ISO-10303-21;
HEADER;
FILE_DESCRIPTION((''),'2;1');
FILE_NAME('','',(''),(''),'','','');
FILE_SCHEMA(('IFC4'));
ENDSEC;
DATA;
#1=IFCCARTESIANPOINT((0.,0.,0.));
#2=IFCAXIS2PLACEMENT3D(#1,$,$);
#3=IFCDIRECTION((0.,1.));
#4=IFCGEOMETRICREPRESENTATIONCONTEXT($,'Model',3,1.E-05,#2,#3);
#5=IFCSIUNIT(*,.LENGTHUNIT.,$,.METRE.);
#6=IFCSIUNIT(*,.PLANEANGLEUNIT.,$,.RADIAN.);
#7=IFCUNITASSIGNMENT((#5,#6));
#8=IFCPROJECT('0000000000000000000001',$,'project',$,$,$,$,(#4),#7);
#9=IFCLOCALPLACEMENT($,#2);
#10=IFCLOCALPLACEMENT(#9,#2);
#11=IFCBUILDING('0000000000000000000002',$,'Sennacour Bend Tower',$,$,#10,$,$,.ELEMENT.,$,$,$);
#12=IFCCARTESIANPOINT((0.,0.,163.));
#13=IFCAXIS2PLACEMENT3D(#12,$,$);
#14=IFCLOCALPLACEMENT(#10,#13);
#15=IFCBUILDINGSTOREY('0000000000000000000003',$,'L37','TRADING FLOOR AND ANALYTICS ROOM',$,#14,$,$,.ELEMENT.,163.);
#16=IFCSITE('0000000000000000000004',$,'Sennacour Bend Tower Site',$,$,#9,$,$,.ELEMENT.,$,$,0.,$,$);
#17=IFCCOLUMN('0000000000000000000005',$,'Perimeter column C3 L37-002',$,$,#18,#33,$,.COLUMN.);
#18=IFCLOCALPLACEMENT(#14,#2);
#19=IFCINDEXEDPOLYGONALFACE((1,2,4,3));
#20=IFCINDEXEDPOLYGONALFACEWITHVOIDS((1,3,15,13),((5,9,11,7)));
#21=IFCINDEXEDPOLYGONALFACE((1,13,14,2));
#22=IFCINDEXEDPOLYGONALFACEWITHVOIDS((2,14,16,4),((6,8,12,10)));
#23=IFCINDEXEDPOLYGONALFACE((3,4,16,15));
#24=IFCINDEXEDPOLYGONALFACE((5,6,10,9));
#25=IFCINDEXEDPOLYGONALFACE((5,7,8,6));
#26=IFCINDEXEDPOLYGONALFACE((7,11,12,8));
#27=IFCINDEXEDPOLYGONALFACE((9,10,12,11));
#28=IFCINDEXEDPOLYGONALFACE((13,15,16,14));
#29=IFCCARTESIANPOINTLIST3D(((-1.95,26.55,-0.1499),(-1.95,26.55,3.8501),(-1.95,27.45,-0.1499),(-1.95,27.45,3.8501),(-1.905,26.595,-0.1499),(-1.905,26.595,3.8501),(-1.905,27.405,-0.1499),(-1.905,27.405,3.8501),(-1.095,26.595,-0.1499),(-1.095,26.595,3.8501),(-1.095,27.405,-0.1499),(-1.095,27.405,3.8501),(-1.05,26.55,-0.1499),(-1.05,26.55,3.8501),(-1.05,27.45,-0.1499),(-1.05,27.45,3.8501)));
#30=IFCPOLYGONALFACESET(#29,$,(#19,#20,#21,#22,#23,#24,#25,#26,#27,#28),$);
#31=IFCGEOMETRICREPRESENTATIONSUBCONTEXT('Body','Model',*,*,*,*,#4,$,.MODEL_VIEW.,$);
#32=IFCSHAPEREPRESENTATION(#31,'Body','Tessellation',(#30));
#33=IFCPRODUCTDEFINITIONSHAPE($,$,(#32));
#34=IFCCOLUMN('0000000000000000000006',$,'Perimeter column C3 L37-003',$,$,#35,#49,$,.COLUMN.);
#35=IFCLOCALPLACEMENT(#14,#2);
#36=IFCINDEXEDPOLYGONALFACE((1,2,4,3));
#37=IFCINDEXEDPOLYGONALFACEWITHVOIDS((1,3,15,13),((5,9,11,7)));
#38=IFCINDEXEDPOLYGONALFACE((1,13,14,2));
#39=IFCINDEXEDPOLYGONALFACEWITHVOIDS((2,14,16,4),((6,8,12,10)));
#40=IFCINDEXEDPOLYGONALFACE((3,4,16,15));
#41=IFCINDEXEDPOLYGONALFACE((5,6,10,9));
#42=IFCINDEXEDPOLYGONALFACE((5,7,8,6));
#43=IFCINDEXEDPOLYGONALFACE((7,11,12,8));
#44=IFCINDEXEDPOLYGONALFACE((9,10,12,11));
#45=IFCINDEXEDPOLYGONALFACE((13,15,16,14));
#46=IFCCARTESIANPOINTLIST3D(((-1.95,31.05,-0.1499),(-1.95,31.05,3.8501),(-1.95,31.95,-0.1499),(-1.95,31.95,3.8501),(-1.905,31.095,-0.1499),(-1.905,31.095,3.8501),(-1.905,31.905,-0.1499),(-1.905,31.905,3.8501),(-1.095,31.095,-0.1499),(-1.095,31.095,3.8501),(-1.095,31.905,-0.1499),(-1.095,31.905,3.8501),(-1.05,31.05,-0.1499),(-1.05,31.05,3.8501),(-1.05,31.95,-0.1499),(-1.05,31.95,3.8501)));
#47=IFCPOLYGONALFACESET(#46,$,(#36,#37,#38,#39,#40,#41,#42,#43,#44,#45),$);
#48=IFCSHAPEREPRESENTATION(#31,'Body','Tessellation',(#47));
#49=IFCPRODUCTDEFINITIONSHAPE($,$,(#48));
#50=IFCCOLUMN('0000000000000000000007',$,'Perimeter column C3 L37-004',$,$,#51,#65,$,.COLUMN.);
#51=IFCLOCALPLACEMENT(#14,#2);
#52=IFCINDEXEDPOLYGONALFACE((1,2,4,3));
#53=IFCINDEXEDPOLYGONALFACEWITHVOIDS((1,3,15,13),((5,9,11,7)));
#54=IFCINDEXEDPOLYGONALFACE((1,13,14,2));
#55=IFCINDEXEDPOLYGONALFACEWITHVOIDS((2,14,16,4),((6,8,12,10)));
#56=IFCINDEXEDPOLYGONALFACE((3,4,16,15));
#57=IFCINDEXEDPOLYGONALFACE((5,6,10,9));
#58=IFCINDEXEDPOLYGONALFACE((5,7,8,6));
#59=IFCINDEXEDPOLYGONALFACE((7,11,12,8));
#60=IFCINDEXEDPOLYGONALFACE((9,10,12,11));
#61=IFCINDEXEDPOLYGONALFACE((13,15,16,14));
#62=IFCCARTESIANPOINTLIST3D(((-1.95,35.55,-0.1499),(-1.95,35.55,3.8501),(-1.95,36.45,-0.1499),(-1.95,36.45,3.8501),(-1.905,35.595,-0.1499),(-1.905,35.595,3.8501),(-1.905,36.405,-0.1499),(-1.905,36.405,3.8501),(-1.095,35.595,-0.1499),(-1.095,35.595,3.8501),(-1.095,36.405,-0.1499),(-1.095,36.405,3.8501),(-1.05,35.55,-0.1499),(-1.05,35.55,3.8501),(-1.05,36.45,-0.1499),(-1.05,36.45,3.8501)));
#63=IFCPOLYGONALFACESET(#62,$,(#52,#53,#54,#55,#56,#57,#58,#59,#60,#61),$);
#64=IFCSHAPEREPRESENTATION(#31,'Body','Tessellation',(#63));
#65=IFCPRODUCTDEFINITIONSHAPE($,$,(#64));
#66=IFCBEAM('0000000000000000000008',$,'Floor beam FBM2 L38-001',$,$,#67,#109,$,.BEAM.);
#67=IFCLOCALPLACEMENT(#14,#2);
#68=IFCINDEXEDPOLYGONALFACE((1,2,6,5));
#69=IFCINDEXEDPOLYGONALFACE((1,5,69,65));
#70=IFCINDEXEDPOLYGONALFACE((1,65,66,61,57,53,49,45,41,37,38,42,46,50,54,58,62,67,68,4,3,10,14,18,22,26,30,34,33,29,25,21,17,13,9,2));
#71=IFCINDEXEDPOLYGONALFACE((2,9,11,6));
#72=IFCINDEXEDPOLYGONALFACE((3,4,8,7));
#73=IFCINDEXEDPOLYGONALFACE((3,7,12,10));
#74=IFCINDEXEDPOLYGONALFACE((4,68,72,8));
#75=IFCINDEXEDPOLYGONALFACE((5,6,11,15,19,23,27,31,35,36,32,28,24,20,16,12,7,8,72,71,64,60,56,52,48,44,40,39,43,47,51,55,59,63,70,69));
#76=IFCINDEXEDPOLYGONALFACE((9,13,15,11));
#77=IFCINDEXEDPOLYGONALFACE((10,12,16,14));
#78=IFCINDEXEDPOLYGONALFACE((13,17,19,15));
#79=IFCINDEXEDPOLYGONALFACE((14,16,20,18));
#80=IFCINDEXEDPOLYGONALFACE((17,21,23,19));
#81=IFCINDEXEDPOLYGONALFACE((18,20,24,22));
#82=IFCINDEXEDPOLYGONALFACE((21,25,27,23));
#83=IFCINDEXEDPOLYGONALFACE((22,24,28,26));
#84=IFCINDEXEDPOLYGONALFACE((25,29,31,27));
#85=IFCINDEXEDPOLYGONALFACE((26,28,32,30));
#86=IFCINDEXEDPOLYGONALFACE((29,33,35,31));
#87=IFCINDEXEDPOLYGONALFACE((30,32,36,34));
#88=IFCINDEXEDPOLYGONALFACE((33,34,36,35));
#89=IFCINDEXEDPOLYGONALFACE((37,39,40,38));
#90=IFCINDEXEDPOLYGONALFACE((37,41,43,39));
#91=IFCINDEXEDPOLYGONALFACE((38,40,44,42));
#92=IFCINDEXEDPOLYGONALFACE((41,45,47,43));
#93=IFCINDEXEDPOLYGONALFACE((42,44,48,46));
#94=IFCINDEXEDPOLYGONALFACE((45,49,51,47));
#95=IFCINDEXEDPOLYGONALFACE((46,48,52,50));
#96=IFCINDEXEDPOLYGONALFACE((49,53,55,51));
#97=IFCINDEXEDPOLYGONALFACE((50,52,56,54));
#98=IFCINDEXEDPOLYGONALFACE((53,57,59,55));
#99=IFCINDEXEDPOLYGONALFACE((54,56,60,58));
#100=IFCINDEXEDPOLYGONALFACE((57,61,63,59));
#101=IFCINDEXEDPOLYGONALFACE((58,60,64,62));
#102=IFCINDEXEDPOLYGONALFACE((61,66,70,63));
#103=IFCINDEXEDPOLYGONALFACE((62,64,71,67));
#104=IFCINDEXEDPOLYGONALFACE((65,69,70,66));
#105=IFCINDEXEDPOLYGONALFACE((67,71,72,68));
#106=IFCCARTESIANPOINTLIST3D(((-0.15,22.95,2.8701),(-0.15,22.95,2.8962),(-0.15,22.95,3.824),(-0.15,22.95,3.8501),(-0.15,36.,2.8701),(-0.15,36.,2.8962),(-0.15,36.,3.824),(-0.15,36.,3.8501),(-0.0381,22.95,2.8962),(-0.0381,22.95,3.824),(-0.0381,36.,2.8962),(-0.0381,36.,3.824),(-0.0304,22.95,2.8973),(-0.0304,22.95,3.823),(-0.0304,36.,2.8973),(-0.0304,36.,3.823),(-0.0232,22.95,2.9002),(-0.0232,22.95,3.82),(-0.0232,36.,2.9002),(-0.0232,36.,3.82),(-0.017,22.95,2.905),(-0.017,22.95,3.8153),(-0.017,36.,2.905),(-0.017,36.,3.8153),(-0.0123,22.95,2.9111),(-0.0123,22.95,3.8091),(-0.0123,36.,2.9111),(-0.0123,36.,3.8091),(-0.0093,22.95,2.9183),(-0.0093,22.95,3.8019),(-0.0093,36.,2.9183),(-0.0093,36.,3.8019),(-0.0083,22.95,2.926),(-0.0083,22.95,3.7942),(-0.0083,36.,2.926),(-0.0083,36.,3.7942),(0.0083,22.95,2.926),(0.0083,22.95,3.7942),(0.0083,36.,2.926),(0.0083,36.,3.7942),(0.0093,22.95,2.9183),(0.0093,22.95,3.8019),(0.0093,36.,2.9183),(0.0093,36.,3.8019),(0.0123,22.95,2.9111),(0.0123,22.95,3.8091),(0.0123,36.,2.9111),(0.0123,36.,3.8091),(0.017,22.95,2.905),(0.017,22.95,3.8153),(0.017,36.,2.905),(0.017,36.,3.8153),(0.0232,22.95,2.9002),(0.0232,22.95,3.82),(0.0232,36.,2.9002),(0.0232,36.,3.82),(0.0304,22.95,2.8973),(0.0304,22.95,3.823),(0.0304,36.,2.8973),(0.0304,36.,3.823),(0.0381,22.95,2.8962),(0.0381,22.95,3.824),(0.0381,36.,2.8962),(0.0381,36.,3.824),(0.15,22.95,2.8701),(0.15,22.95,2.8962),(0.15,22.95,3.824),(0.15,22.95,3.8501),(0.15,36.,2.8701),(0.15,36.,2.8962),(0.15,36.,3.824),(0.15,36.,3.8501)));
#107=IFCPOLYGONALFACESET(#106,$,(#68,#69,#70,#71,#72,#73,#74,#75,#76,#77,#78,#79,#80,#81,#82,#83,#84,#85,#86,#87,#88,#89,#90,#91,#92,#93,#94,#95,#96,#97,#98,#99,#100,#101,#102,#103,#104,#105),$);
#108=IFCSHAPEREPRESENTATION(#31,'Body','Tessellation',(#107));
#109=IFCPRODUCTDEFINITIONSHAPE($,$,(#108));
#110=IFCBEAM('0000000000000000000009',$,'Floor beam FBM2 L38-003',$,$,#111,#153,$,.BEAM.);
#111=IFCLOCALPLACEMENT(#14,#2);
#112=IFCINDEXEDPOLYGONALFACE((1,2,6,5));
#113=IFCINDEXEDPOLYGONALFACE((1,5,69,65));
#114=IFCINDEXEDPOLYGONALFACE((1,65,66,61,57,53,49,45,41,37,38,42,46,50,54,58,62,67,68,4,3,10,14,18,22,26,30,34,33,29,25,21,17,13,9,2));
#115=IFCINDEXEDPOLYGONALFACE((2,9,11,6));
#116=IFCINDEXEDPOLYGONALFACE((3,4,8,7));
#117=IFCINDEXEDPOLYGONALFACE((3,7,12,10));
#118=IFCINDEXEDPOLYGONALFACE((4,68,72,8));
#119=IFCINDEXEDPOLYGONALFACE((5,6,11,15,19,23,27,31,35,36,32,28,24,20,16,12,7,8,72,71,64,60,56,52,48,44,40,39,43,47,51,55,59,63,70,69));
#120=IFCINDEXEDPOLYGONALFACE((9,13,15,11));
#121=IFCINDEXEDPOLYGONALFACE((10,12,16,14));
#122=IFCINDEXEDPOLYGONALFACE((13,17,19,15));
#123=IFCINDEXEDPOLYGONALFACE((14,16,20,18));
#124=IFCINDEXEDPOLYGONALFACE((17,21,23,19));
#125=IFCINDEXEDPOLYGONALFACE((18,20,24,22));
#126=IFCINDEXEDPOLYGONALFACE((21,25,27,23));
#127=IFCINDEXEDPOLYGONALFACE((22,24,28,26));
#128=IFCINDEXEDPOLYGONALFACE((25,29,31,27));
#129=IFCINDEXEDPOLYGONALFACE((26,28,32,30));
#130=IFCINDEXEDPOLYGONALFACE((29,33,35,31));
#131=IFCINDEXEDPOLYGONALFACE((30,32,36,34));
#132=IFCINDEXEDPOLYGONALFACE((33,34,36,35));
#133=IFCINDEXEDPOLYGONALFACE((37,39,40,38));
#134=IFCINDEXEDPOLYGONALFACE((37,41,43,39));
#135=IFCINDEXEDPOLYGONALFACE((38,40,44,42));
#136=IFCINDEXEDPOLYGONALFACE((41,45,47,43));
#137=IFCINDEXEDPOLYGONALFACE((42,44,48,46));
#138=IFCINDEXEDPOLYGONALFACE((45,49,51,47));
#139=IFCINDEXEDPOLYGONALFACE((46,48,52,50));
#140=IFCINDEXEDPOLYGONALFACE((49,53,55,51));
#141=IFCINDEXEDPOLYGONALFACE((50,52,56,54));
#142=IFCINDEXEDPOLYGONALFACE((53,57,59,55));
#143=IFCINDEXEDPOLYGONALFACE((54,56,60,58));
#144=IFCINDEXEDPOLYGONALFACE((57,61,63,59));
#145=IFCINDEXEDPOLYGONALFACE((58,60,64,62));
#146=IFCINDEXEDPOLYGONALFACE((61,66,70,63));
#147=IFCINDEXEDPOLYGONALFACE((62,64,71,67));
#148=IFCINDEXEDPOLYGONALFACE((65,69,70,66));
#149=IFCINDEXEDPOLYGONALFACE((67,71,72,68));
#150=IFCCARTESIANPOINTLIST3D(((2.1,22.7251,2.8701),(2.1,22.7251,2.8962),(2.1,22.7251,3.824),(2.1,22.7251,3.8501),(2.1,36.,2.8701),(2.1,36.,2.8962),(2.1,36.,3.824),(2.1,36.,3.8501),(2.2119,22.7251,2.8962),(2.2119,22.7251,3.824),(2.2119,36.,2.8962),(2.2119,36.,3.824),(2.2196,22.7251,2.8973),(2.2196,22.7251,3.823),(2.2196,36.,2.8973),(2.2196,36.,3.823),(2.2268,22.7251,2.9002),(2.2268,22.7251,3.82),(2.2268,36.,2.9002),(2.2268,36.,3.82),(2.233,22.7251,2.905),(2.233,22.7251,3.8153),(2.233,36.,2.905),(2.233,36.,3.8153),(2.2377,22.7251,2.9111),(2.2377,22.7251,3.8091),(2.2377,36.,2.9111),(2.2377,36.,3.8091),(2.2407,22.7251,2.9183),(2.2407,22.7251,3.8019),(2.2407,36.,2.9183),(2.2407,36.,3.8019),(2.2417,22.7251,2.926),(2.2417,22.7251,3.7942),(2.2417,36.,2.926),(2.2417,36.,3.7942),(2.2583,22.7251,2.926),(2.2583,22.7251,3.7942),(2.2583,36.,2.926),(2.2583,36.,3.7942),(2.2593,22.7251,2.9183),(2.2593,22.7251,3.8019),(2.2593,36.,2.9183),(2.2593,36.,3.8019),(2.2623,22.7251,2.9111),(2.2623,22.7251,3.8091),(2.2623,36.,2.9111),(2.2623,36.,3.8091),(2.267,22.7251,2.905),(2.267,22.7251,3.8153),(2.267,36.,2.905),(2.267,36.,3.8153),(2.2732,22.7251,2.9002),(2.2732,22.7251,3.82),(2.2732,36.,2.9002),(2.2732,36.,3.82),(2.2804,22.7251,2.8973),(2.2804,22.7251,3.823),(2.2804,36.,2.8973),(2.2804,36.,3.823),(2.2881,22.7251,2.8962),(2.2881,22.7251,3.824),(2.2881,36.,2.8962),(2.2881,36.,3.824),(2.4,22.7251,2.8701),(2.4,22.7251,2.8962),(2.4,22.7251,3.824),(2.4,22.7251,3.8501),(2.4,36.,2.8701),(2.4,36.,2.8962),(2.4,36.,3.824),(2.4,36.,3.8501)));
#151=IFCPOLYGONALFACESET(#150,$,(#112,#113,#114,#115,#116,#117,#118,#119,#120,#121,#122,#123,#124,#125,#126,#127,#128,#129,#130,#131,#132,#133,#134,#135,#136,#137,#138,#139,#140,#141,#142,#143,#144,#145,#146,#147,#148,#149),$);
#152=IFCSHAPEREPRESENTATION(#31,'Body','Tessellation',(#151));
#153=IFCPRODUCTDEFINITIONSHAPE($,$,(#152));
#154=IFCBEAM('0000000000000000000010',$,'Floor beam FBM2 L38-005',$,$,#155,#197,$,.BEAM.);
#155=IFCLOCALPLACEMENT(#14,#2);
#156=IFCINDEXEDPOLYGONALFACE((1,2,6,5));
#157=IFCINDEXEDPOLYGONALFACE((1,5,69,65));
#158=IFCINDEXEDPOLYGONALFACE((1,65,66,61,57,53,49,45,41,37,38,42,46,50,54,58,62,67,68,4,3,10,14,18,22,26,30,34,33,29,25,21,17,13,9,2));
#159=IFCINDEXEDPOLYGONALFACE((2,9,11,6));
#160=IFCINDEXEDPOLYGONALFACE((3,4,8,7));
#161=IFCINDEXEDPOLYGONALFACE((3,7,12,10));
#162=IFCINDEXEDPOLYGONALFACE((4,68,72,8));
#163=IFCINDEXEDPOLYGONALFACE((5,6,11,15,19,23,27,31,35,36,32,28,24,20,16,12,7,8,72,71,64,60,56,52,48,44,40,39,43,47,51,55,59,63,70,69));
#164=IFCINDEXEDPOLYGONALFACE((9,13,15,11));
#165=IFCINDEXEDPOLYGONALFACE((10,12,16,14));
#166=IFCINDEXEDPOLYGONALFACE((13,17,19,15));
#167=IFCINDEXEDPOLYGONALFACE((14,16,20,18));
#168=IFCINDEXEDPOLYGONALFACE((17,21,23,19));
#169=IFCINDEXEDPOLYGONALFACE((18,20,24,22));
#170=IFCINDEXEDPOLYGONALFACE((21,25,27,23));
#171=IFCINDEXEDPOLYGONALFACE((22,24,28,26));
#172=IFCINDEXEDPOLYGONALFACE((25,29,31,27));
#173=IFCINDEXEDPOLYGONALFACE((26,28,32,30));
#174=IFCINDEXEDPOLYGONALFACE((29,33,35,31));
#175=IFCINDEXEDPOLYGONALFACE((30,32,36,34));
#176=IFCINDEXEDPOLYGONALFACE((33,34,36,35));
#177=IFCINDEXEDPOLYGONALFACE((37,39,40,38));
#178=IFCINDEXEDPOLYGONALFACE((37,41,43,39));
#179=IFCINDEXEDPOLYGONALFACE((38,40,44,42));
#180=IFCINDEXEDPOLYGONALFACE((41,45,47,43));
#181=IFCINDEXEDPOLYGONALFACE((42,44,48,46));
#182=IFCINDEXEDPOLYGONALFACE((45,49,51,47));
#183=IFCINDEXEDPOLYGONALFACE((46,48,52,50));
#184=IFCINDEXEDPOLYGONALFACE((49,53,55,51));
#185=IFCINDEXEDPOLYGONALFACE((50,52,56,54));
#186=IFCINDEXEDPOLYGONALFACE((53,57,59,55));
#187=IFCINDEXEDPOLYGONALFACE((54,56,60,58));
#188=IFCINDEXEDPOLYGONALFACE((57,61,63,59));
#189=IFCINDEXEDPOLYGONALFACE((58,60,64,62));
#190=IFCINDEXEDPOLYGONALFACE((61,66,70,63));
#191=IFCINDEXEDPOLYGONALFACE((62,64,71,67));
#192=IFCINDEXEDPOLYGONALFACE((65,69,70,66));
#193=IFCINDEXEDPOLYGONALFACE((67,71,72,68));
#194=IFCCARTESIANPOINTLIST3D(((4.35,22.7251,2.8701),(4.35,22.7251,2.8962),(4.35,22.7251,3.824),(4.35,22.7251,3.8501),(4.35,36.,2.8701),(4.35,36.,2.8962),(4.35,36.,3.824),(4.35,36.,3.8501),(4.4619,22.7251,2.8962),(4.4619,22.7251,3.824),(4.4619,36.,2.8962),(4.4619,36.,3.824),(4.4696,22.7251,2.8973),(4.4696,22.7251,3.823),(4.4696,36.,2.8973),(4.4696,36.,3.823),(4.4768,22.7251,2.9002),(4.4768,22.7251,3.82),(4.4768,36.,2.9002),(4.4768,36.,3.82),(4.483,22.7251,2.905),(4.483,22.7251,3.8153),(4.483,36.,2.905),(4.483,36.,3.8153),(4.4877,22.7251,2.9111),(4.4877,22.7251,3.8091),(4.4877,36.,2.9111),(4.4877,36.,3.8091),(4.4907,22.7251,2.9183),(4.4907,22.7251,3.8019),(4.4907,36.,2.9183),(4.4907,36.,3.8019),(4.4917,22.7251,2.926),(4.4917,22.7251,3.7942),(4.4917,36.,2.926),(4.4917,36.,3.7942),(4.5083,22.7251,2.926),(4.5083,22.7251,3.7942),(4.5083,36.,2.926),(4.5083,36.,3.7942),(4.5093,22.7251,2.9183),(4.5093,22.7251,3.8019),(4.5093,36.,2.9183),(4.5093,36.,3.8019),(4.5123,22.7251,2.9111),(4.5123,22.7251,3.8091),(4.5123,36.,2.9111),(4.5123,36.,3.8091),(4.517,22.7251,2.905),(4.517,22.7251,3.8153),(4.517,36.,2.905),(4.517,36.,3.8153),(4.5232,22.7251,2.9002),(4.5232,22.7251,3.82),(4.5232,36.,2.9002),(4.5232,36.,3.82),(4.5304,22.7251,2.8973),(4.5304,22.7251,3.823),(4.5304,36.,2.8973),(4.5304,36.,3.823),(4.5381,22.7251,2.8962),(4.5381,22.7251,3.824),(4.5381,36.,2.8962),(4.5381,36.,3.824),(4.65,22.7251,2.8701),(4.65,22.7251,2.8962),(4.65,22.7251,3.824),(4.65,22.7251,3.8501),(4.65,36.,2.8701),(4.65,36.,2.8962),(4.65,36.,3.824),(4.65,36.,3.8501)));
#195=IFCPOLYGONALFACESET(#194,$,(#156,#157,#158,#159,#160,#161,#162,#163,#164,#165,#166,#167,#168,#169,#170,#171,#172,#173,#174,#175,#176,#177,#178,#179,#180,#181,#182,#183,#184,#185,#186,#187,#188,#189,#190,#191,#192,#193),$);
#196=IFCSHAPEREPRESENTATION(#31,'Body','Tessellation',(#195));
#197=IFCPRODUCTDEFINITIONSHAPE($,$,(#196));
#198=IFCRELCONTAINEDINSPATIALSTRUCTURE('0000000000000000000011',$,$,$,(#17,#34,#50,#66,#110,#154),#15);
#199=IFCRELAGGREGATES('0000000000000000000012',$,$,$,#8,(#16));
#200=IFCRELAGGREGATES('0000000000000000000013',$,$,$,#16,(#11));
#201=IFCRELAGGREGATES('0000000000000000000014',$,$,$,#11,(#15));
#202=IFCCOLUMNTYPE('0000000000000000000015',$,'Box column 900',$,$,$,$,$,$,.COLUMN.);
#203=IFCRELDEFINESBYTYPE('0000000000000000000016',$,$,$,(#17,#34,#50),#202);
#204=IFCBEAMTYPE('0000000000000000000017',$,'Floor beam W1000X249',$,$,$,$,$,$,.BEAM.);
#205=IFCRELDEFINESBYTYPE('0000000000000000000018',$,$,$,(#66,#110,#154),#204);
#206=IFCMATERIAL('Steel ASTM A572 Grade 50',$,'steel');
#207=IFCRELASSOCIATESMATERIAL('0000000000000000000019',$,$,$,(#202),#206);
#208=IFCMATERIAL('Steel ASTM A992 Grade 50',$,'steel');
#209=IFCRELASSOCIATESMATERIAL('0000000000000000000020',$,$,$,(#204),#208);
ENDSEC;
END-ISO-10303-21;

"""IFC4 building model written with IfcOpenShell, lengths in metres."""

from ifc_helpers import new_model, si_unit, direction, frame, origin, origin_2d, place, context, subcontext, project, spatial, hollow_rectangle, i_section, extrude, material, material_profile, profile_set, type_object, element, save


model = new_model("IFC4")

# Units and contexts
model_context = context("Model", 3, precision=1e-05, world=origin(), true_north=direction((0.0, 1.0)))
body_context = subcontext(model_context, "Body", "Model", "MODEL_VIEW")
ifc_project = project(units=[si_unit("LENGTHUNIT", "METRE"), si_unit("PLANEANGLEUNIT", "RADIAN")], contexts=[model_context])

# Site, building, storey
site_placement = place(None, origin())
site = spatial("IfcSite", under=ifc_project, at=site_placement, Name="Sennacour Bend Tower Site", CompositionType="ELEMENT", RefElevation=0.0)
building_placement = place(site_placement, origin())
building = spatial("IfcBuilding", under=site, at=building_placement, Name="Sennacour Bend Tower", CompositionType="ELEMENT")
storey_placement = place(building_placement, frame((0.0, 0.0, 163.0)))
storey = spatial("IfcBuildingStorey", under=building, at=storey_placement, Name="L37", Description="TRADING FLOOR AND ANALYTICS ROOM", CompositionType="ELEMENT", Elevation=163.0)

# Columns
ifc_material_1 = material(Name="Steel ASTM A572 Grade 50", Category="steel")
ifc_material_profile_1 = material_profile(ifc_material_1, hollow_rectangle(XDim=0.8999, YDim=0.8999, WallThickness=0.0449, at=origin_2d()), Name="Steel ASTM A572 Grade 50", Category="steel")
ifc_profile_set_1 = profile_set([ifc_material_profile_1], Name="Steel ASTM A572 Grade 50")
column_type = type_object("IfcColumnType", Name="Box column 900", PredefinedType="COLUMN", material=ifc_profile_set_1)
for number, where, z_axis, x_axis, name in (
    (1, (-1.5, 27.0, -0.1499), (0.0, 0.0, 1.0), (1.0, 0.0, 0.0), "Perimeter column C3 L37-002"),
    (2, (-1.5, 31.5, -0.1499), (0.0, 0.0, 1.0), (1.0, 0.0, 0.0), "Perimeter column C3 L37-003"),
    (3, (-1.5, 36.0, -0.1499), (0.0, 0.0, 1.0), (1.0, 0.0, 0.0), "Perimeter column C3 L37-004"),
):
    element("IfcColumn", number, at=place(storey_placement, frame(where, z_axis=z_axis, x_axis=x_axis)), inside=storey, type_object=column_type, Name=name, PredefinedType="COLUMN", context=body_context, shape_type="SweptSolid", body=[
        extrude(hollow_rectangle(XDim=0.8999, YDim=0.8999, WallThickness=0.0449, at=origin_2d()), origin(), (0.0, 0.0, 1.0), 4.0),
    ])

# Beams
ifc_material_2 = material(Name="Steel ASTM A992 Grade 50", Category="steel")
ifc_material_profile_2 = material_profile(ifc_material_2, i_section(OverallWidth=0.3, OverallDepth=0.98, WebThickness=0.0166, FlangeThickness=0.0261, FilletRadius=0.0298, at=origin_2d()), Name="Steel ASTM A992 Grade 50", Category="steel")
ifc_profile_set_2 = profile_set([ifc_material_profile_2], Name="Steel ASTM A992 Grade 50")
beam_type_1 = type_object("IfcBeamType", Name="Floor beam W1000X249", PredefinedType="BEAM", material=ifc_profile_set_2)
beam_1_placement = place(storey_placement, frame((0.0, 22.95, 3.3601), z_axis=(0.0, 1.0, 0.0), x_axis=(-1.0, 0.0, 0.0)))
element("IfcBeam", 4, at=beam_1_placement, inside=storey, type_object=beam_type_1, Name="Floor beam FBM2 L38-001", PredefinedType="BEAM", context=body_context, shape_type="SweptSolid", body=[
    extrude(i_section(OverallWidth=0.3, OverallDepth=0.98, WebThickness=0.0166, FlangeThickness=0.0261, FilletRadius=0.0298, at=origin_2d()), origin(), (0.0, 0.0, 1.0), 13.05),
])
for number, where, z_axis, x_axis, name in (
    (5, (2.25, 22.7251, 3.3601), (0.0, 1.0, 0.0), (-1.0, 0.0, 0.0), "Floor beam FBM2 L38-003"),
    (6, (4.5, 22.7251, 3.3601), (0.0, 1.0, 0.0), (-1.0, 0.0, 0.0), "Floor beam FBM2 L38-005"),
):
    element("IfcBeam", number, at=place(storey_placement, frame(where, z_axis=z_axis, x_axis=x_axis)), inside=storey, type_object=beam_type_1, Name=name, PredefinedType="BEAM", context=body_context, shape_type="SweptSolid", body=[
        extrude(i_section(OverallWidth=0.3, OverallDepth=0.98, WebThickness=0.0166, FlangeThickness=0.0261, FilletRadius=0.0298, at=origin_2d()), origin(), (0.0, 0.0, 1.0), 13.2749),
    ])

save(model, "model.ifc")
